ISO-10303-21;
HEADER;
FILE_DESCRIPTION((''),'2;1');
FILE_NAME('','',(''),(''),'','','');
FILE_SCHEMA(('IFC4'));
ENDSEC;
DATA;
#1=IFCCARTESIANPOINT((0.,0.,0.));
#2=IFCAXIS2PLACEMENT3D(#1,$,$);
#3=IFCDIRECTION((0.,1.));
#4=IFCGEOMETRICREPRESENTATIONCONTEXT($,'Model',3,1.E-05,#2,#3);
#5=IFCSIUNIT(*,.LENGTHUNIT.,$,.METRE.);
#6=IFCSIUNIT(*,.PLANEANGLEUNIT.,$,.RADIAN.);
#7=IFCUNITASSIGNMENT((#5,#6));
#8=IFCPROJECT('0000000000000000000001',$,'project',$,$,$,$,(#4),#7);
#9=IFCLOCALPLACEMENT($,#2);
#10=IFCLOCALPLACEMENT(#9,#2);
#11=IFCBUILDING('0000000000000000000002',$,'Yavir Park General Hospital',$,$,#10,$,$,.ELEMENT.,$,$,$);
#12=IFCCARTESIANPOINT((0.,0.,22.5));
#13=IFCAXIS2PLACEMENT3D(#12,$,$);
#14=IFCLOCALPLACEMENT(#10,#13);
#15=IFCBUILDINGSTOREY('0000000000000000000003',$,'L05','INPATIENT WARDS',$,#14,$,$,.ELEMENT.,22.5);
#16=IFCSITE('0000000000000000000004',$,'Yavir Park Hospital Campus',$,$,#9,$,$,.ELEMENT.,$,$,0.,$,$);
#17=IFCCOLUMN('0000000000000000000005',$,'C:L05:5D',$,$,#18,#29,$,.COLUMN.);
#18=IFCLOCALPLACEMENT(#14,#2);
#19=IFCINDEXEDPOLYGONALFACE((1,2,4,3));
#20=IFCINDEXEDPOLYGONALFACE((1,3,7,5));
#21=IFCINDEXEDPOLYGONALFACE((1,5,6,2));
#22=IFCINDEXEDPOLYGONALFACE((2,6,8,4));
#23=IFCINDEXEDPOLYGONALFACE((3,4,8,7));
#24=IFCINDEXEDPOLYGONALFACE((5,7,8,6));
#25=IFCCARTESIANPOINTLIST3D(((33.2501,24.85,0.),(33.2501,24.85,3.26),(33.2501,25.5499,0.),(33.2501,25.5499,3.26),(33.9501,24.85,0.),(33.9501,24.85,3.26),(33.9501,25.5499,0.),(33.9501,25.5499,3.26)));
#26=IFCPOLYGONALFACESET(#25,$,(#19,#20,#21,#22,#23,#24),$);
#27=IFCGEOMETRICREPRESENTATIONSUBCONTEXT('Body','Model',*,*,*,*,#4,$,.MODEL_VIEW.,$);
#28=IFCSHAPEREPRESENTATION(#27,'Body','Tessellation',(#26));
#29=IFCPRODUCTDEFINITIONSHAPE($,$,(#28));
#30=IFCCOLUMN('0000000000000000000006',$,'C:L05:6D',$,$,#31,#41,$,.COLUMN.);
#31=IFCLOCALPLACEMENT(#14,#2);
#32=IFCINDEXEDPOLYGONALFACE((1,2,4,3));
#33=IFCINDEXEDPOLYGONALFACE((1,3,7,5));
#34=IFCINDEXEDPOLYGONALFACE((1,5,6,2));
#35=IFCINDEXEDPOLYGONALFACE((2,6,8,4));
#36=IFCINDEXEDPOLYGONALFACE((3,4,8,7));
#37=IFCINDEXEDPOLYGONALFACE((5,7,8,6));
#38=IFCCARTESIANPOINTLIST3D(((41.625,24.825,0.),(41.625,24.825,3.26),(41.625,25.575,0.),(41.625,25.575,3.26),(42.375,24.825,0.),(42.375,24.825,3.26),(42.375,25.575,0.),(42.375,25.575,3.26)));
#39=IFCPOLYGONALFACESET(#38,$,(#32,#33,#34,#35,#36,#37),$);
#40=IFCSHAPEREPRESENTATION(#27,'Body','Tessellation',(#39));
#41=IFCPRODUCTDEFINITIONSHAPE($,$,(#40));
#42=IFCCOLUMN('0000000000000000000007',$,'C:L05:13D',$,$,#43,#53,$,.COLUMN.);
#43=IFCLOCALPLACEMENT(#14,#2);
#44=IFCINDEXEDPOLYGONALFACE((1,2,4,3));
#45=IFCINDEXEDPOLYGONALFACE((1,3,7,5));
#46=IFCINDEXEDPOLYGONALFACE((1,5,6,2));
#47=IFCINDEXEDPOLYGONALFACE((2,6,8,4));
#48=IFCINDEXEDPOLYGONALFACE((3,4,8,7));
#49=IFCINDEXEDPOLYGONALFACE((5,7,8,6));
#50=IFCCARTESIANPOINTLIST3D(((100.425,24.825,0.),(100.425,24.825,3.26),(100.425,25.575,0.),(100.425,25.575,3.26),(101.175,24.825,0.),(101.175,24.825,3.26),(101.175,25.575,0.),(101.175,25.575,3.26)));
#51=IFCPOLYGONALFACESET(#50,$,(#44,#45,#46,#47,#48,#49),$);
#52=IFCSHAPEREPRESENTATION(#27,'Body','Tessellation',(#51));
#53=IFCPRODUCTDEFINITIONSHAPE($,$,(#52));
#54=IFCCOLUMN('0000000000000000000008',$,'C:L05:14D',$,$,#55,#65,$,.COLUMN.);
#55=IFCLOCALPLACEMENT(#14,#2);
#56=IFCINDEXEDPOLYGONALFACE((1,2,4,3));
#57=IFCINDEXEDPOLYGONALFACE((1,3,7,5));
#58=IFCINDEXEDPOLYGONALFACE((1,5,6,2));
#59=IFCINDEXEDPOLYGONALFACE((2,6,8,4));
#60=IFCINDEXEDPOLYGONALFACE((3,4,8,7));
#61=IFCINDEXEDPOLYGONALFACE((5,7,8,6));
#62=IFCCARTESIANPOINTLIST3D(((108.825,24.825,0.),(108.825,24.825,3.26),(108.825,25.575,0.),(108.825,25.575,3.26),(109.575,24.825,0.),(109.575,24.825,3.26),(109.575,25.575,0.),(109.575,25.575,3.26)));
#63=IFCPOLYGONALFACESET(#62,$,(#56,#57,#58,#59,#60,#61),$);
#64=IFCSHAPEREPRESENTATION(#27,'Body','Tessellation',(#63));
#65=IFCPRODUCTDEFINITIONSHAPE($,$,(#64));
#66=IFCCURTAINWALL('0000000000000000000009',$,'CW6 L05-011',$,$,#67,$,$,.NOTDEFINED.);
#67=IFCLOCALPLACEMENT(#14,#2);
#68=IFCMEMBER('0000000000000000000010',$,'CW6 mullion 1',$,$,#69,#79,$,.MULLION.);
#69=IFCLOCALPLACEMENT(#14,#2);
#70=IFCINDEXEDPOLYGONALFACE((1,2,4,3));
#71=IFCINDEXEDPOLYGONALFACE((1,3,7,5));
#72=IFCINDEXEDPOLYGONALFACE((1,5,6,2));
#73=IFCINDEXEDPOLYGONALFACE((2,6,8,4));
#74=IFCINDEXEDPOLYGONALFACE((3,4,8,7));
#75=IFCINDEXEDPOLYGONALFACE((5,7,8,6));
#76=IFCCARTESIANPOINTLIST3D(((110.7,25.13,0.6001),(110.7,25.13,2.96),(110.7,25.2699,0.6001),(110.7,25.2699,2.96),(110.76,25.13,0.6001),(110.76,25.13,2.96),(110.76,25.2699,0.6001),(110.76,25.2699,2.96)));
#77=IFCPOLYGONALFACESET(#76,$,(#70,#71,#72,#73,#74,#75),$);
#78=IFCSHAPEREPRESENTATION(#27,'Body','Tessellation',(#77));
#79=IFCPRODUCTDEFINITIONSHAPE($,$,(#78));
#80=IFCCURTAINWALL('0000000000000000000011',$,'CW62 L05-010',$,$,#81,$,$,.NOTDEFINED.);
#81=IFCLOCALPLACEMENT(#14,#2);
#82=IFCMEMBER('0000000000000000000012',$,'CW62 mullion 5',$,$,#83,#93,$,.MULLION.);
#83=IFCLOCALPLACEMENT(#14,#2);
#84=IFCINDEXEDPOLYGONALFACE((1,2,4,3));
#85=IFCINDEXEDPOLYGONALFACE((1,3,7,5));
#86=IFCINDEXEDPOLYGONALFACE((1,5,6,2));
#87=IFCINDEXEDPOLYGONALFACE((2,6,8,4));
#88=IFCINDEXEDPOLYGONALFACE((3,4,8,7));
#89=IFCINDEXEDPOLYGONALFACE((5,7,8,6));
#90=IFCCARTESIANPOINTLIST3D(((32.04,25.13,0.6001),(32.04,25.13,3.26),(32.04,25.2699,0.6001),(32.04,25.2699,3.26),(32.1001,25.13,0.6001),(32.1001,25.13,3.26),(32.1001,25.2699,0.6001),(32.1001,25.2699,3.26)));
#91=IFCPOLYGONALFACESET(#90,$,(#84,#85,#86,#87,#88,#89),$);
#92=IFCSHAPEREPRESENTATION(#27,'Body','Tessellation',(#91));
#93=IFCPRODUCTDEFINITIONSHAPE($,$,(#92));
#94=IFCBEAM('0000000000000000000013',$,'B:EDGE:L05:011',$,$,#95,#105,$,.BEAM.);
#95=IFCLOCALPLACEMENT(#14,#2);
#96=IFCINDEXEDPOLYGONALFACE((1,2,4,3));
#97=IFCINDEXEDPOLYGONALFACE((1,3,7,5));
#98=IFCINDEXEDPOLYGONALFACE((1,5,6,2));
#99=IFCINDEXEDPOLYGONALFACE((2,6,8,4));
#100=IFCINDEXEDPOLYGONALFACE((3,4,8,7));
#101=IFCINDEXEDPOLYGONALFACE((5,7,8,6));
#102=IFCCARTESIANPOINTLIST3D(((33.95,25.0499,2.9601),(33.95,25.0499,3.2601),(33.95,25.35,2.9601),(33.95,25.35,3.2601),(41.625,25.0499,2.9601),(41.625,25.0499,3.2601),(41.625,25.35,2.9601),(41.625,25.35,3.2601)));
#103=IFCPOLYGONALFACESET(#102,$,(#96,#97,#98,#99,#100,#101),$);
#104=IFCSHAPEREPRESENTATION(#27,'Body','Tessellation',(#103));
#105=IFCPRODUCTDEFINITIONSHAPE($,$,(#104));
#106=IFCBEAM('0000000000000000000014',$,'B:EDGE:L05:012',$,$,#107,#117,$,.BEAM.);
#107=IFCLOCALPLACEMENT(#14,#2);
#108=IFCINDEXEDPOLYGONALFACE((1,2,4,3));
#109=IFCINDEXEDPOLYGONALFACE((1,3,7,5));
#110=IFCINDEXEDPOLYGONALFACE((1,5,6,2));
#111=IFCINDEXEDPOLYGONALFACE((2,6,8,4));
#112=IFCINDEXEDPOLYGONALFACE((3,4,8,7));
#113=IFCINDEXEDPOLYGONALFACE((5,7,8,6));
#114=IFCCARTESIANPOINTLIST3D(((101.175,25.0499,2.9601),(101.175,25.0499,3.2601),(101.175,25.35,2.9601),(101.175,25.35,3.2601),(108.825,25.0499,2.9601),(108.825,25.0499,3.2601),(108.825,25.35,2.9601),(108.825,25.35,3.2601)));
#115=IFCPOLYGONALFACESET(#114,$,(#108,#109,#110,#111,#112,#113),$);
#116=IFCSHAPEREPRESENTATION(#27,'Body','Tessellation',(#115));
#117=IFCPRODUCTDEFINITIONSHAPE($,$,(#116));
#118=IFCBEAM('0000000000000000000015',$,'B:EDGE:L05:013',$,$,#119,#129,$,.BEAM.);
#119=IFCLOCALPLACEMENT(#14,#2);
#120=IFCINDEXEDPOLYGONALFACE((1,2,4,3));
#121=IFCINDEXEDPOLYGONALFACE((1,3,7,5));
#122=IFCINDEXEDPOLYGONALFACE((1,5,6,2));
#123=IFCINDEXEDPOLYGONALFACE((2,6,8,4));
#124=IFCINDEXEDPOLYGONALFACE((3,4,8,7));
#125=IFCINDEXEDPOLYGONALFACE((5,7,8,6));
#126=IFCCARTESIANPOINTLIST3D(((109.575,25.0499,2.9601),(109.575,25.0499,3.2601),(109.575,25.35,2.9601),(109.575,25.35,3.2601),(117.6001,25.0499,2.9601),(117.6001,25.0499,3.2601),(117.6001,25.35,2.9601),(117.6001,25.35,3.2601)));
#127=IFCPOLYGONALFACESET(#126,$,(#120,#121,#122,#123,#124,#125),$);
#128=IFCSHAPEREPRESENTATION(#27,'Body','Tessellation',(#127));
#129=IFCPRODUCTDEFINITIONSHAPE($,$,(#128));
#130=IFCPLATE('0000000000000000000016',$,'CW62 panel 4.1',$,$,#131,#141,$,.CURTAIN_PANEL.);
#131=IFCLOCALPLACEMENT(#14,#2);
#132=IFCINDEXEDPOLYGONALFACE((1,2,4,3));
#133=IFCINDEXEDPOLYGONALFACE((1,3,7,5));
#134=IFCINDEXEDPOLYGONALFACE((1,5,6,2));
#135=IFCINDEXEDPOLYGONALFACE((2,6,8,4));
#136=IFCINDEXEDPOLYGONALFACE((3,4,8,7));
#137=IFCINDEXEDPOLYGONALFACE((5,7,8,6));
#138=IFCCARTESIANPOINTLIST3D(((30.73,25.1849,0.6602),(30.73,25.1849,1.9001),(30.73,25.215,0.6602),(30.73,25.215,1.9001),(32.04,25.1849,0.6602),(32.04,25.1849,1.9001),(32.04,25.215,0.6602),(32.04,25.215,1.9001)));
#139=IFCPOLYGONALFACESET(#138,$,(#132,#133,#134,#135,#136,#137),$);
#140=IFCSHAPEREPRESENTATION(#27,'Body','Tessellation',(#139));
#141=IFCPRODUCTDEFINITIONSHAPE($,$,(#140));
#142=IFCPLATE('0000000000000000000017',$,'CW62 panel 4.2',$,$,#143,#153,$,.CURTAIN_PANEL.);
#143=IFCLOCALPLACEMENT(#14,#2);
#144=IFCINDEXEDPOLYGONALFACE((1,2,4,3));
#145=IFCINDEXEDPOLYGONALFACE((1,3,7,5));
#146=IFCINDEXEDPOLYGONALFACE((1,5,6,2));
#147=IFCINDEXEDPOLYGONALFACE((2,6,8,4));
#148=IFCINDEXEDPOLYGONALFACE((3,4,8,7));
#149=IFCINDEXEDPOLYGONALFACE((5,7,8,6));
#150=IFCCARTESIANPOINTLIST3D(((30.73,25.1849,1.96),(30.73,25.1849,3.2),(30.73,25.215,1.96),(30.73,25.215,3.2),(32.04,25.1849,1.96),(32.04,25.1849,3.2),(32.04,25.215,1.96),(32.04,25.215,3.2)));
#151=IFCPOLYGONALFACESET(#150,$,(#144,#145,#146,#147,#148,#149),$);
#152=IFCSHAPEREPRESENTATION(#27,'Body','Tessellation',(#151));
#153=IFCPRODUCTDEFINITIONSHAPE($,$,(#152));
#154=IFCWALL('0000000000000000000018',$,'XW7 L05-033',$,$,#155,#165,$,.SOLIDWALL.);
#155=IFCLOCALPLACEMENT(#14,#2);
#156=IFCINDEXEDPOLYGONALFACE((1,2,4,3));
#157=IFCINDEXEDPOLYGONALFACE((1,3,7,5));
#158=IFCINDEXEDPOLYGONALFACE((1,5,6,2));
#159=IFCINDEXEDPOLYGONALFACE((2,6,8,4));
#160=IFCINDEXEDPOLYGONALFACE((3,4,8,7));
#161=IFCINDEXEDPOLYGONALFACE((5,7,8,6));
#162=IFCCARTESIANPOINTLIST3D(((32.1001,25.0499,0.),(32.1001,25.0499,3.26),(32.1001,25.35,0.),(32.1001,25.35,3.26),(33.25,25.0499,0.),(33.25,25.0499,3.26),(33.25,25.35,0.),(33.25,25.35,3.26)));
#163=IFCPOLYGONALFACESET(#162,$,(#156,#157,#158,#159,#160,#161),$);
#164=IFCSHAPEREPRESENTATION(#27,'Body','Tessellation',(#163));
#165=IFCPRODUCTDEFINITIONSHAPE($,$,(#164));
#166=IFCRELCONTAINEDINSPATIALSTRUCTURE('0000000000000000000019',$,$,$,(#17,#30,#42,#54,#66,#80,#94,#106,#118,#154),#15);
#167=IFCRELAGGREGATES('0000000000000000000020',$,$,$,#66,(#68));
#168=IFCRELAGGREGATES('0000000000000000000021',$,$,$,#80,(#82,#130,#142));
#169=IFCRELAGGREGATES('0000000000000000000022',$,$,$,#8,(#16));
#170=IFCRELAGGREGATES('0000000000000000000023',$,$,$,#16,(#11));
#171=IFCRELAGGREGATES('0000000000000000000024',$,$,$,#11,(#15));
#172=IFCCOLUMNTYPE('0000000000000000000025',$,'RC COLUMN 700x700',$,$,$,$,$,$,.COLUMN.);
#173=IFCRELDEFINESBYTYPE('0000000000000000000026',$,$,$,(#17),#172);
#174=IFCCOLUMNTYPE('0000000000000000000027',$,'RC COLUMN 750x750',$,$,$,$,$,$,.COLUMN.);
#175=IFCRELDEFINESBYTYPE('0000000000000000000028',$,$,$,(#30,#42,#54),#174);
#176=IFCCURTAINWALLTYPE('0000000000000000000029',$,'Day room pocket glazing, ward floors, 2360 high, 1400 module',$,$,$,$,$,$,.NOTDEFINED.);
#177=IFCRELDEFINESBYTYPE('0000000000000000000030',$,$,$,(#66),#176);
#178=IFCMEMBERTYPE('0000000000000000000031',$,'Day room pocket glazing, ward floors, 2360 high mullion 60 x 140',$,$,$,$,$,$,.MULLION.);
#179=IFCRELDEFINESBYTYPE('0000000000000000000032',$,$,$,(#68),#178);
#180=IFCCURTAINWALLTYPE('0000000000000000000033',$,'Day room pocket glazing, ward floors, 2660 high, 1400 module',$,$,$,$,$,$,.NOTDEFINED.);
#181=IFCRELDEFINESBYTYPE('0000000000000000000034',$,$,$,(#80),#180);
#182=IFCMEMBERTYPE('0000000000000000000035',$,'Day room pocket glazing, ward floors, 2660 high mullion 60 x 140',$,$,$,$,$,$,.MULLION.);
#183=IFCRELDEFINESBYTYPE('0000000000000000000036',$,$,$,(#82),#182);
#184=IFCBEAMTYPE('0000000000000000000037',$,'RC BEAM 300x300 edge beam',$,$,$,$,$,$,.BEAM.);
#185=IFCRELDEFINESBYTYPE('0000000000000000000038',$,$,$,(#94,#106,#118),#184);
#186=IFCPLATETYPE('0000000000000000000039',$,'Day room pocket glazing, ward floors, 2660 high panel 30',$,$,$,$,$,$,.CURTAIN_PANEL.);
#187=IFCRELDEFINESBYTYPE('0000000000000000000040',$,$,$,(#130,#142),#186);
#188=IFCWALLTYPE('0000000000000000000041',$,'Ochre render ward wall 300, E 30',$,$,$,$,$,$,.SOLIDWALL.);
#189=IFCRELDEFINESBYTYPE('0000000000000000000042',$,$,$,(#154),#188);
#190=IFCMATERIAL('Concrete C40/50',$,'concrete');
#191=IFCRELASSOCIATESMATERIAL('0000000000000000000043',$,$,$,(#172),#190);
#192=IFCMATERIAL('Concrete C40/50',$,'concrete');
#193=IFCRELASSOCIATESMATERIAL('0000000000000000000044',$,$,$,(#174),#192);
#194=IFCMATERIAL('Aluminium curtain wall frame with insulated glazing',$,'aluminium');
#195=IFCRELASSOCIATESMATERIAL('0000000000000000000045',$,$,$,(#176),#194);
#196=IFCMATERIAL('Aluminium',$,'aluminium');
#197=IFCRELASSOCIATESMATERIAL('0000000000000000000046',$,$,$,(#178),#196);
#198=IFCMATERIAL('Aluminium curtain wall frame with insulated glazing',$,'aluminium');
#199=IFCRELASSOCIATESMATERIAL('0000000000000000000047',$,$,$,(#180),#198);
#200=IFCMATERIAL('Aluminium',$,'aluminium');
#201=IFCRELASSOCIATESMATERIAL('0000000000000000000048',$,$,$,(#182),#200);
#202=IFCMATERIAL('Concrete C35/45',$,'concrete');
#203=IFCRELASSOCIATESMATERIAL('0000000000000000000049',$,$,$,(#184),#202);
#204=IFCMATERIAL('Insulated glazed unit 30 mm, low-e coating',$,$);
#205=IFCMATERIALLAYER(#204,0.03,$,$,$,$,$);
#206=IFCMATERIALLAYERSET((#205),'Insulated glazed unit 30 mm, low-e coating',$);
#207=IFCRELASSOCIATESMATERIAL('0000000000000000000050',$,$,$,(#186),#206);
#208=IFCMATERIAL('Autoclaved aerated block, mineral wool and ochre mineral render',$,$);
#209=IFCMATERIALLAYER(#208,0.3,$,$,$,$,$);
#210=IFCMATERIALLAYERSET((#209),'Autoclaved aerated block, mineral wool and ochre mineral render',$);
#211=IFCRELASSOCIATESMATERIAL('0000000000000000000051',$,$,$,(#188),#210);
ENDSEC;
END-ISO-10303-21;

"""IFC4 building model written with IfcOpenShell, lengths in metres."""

from ifc_helpers import new_model, si_unit, direction, frame, frame_2d, origin, origin_2d, place, context, subcontext, project, spatial, rectangle, extrude, material, layer, layer_set, material_profile, profile_set, type_object, element, aggregate, save


model = new_model("IFC4")

# Units and contexts
model_context = context("Model", 3, precision=1e-05, world=origin(), true_north=direction((0.0, 1.0)))
body_context = subcontext(model_context, "Body", "Model", "MODEL_VIEW")
ifc_project = project(units=[si_unit("LENGTHUNIT", "METRE"), si_unit("PLANEANGLEUNIT", "RADIAN")], contexts=[model_context])

# Site, building, storey
site_placement = place(None, origin())
site = spatial("IfcSite", under=ifc_project, at=site_placement, Name="Yavir Park Hospital Campus", CompositionType="ELEMENT", RefElevation=0.0)
building_placement = place(site_placement, origin())
building = spatial("IfcBuilding", under=site, at=building_placement, Name="Yavir Park General Hospital", CompositionType="ELEMENT")
storey_placement = place(building_placement, frame((0.0, 0.0, 22.5)))
storey = spatial("IfcBuildingStorey", under=building, at=storey_placement, Name="L05", Description="INPATIENT WARDS", CompositionType="ELEMENT", Elevation=22.5)

# Columns
ifc_material_1 = material(Name="Concrete C40/50", Category="concrete")
ifc_material_profile_1 = material_profile(ifc_material_1, rectangle(XDim=0.7, YDim=0.7, at=origin_2d()), Name="RC700x700")
ifc_profile_set_1 = profile_set([ifc_material_profile_1], Name="Concrete C40/50")
column_type_1 = type_object("IfcColumnType", Name="RC COLUMN 700x700", PredefinedType="COLUMN", material=ifc_profile_set_1)
column_placement = place(storey_placement, frame((33.6001, 25.2, 0.0), z_axis=(0.0, 0.0, 1.0), x_axis=(1.0, 0.0, 0.0)))
element("IfcColumn", 1, at=column_placement, inside=storey, type_object=column_type_1, Name="C:L05:5D", PredefinedType="COLUMN", context=body_context, shape_type="SweptSolid", body=[
    extrude(rectangle(XDim=0.7, YDim=0.7, at=origin_2d()), origin(), (0.0, 0.0, 1.0), 3.26),
])
ifc_material_2 = material(Name="Concrete C40/50", Category="concrete")
ifc_material_profile_2 = material_profile(ifc_material_2, rectangle(XDim=0.75, YDim=0.75, at=origin_2d()), Name="RC750x750")
ifc_profile_set_2 = profile_set([ifc_material_profile_2], Name="Concrete C40/50")
column_type_2 = type_object("IfcColumnType", Name="RC COLUMN 750x750", PredefinedType="COLUMN", material=ifc_profile_set_2)
for number, where, z_axis, x_axis, name in (
    (2, (42.0, 25.2, 0.0), (0.0, 0.0, 1.0), (1.0, 0.0, 0.0), "C:L05:6D"),
    (3, (100.8, 25.2, 0.0), (0.0, 0.0, 1.0), (1.0, 0.0, 0.0), "C:L05:13D"),
    (4, (109.2, 25.2, 0.0), (0.0, 0.0, 1.0), (1.0, 0.0, 0.0), "C:L05:14D"),
):
    element("IfcColumn", number, at=place(storey_placement, frame(where, z_axis=z_axis, x_axis=x_axis)), inside=storey, type_object=column_type_2, Name=name, PredefinedType="COLUMN", context=body_context, shape_type="SweptSolid", body=[
        extrude(rectangle(XDim=0.75, YDim=0.75, at=origin_2d()), origin(), (0.0, 0.0, 1.0), 3.26),
    ])

# Curtain walls, members
ifc_material_3 = material(Name="Aluminium curtain wall frame with insulated glazing", Category="aluminium")
curtain_wall_type_1 = type_object("IfcCurtainWallType", Name="Day room pocket glazing, ward floors, 2360 high, 1400 module", PredefinedType="NOTDEFINED", material=ifc_material_3)
curtain_wall_1_placement = place(storey_placement, origin())
curtain_wall_1 = element("IfcCurtainWall", 5, at=curtain_wall_1_placement, inside=storey, type_object=curtain_wall_type_1, Name="CW6 L05-011", PredefinedType="NOTDEFINED")
ifc_material_4 = material(Name="Aluminium", Category="aluminium")
ifc_material_profile_3 = material_profile(ifc_material_4, rectangle(XDim=0.1399, YDim=0.0601, at=origin_2d()), Name="AL 60x140")
ifc_profile_set_3 = profile_set([ifc_material_profile_3], Name="Aluminium")
member_type_1 = type_object("IfcMemberType", Name="Day room pocket glazing, ward floors, 2360 high mullion 60 x 140", PredefinedType="MULLION", material=ifc_profile_set_3)
member_1_placement = place(storey_placement, frame((110.73, 25.2, 0.6001), z_axis=(0.0, 0.0, 1.0), x_axis=(0.0, 1.0, 0.0)))
member_1 = element("IfcMember", 6, at=member_1_placement, type_object=member_type_1, Name="CW6 mullion 1", PredefinedType="MULLION", context=body_context, shape_type="SweptSolid", body=[
    extrude(rectangle(XDim=0.1399, YDim=0.0601, at=origin_2d()), origin(), (0.0, 0.0, 1.0), 2.3599),
])
aggregate(curtain_wall_1, [member_1])
ifc_material_5 = material(Name="Aluminium curtain wall frame with insulated glazing", Category="aluminium")
curtain_wall_type_2 = type_object("IfcCurtainWallType", Name="Day room pocket glazing, ward floors, 2660 high, 1400 module", PredefinedType="NOTDEFINED", material=ifc_material_5)
curtain_wall_2_placement = place(storey_placement, origin())
curtain_wall_2 = element("IfcCurtainWall", 7, at=curtain_wall_2_placement, inside=storey, type_object=curtain_wall_type_2, Name="CW62 L05-010", PredefinedType="NOTDEFINED")
ifc_material_6 = material(Name="Aluminium", Category="aluminium")
ifc_material_profile_4 = material_profile(ifc_material_6, rectangle(XDim=0.1399, YDim=0.0601, at=origin_2d()), Name="AL 60x140")
ifc_profile_set_4 = profile_set([ifc_material_profile_4], Name="Aluminium")
member_type_2 = type_object("IfcMemberType", Name="Day room pocket glazing, ward floors, 2660 high mullion 60 x 140", PredefinedType="MULLION", material=ifc_profile_set_4)
member_2_placement = place(storey_placement, frame((32.0701, 25.2, 0.6001), z_axis=(0.0, 0.0, 1.0), x_axis=(0.0, 1.0, 0.0)))
member_2 = element("IfcMember", 8, at=member_2_placement, type_object=member_type_2, Name="CW62 mullion 5", PredefinedType="MULLION", context=body_context, shape_type="SweptSolid", body=[
    extrude(rectangle(XDim=0.1399, YDim=0.0601, at=origin_2d()), origin(), (0.0, 0.0, 1.0), 2.6599),
])

# Beams
ifc_material_7 = material(Name="Concrete C35/45", Category="concrete")
ifc_material_profile_5 = material_profile(ifc_material_7, rectangle(XDim=0.3, YDim=0.3, at=origin_2d()), Name="RC300x300")
ifc_profile_set_5 = profile_set([ifc_material_profile_5], Name="Concrete C35/45")
beam_type = type_object("IfcBeamType", Name="RC BEAM 300x300 edge beam", PredefinedType="BEAM", material=ifc_profile_set_5)
beam_1_placement = place(storey_placement, frame((33.95, 25.2, 3.1101), z_axis=(1.0, 0.0, 0.0), x_axis=(0.0, 1.0, 0.0)))
element("IfcBeam", 9, at=beam_1_placement, inside=storey, type_object=beam_type, Name="B:EDGE:L05:011", PredefinedType="BEAM", context=body_context, shape_type="SweptSolid", body=[
    extrude(rectangle(XDim=0.3, YDim=0.3, at=origin_2d()), origin(), (0.0, 0.0, 1.0), 7.675),
])
beam_2_placement = place(storey_placement, frame((101.175, 25.2, 3.1101), z_axis=(1.0, 0.0, 0.0), x_axis=(0.0, 1.0, 0.0)))
element("IfcBeam", 10, at=beam_2_placement, inside=storey, type_object=beam_type, Name="B:EDGE:L05:012", PredefinedType="BEAM", context=body_context, shape_type="SweptSolid", body=[
    extrude(rectangle(XDim=0.3, YDim=0.3, at=origin_2d()), origin(), (0.0, 0.0, 1.0), 7.6499),
])
beam_3_placement = place(storey_placement, frame((109.575, 25.2, 3.1101), z_axis=(1.0, 0.0, 0.0), x_axis=(0.0, 1.0, 0.0)))
element("IfcBeam", 11, at=beam_3_placement, inside=storey, type_object=beam_type, Name="B:EDGE:L05:013", PredefinedType="BEAM", context=body_context, shape_type="SweptSolid", body=[
    extrude(rectangle(XDim=0.3, YDim=0.3, at=origin_2d()), origin(), (0.0, 0.0, 1.0), 8.0251),
])

# Plates
ifc_material_8 = material(Name="Insulated glazed unit 30 mm, low-e coating")
ifc_layer_1 = layer(ifc_material_8, 0.03)
ifc_layer_set_1 = layer_set([ifc_layer_1], Name="Insulated glazed unit 30 mm, low-e coating")
plate_type = type_object("IfcPlateType", Name="Day room pocket glazing, ward floors, 2660 high panel 30", PredefinedType="CURTAIN_PANEL", material=ifc_layer_set_1)
plate_1_placement = place(storey_placement, frame((31.385, 25.2, 0.6602), z_axis=(0.0, 0.0, 1.0), x_axis=(1.0, 0.0, 0.0)))
plate_1 = element("IfcPlate", 12, at=plate_1_placement, type_object=plate_type, Name="CW62 panel 4.1", PredefinedType="CURTAIN_PANEL", context=body_context, shape_type="SweptSolid", body=[
    extrude(rectangle(XDim=1.3101, YDim=0.03, at=origin_2d()), origin(), (0.0, 0.0, 1.0), 1.24),
])
plate_2_placement = place(storey_placement, frame((31.385, 25.2, 1.96), z_axis=(0.0, 0.0, 1.0), x_axis=(1.0, 0.0, 0.0)))
plate_2 = element("IfcPlate", 13, at=plate_2_placement, type_object=plate_type, Name="CW62 panel 4.2", PredefinedType="CURTAIN_PANEL", context=body_context, shape_type="SweptSolid", body=[
    extrude(rectangle(XDim=1.3101, YDim=0.03, at=origin_2d()), origin(), (0.0, 0.0, 1.0), 1.24),
])
aggregate(curtain_wall_2, [member_2, plate_1, plate_2])

# Wall
ifc_material_9 = material(Name="Autoclaved aerated block, mineral wool and ochre mineral render")
ifc_layer_2 = layer(ifc_material_9, 0.3)
ifc_layer_set_2 = layer_set([ifc_layer_2], Name="Autoclaved aerated block, mineral wool and ochre mineral render")
wall_type = type_object("IfcWallType", Name="Ochre render ward wall 300, E 30", PredefinedType="SOLIDWALL", material=ifc_layer_set_2)
wall_1_placement = place(storey_placement, frame((32.1001, 25.2, 0.0), z_axis=(0.0, 0.0, 1.0), x_axis=(1.0, 0.0, 0.0)))
element("IfcWall", 14, at=wall_1_placement, inside=storey, type_object=wall_type, Name="XW7 L05-033", PredefinedType="SOLIDWALL", context=body_context, shape_type="SweptSolid", body=[
    extrude(rectangle(XDim=1.1499, YDim=0.3, at=frame_2d((0.575, 0.0))), origin(), (0.0, 0.0, 1.0), 3.26),
])

save(model, "model.ifc")
